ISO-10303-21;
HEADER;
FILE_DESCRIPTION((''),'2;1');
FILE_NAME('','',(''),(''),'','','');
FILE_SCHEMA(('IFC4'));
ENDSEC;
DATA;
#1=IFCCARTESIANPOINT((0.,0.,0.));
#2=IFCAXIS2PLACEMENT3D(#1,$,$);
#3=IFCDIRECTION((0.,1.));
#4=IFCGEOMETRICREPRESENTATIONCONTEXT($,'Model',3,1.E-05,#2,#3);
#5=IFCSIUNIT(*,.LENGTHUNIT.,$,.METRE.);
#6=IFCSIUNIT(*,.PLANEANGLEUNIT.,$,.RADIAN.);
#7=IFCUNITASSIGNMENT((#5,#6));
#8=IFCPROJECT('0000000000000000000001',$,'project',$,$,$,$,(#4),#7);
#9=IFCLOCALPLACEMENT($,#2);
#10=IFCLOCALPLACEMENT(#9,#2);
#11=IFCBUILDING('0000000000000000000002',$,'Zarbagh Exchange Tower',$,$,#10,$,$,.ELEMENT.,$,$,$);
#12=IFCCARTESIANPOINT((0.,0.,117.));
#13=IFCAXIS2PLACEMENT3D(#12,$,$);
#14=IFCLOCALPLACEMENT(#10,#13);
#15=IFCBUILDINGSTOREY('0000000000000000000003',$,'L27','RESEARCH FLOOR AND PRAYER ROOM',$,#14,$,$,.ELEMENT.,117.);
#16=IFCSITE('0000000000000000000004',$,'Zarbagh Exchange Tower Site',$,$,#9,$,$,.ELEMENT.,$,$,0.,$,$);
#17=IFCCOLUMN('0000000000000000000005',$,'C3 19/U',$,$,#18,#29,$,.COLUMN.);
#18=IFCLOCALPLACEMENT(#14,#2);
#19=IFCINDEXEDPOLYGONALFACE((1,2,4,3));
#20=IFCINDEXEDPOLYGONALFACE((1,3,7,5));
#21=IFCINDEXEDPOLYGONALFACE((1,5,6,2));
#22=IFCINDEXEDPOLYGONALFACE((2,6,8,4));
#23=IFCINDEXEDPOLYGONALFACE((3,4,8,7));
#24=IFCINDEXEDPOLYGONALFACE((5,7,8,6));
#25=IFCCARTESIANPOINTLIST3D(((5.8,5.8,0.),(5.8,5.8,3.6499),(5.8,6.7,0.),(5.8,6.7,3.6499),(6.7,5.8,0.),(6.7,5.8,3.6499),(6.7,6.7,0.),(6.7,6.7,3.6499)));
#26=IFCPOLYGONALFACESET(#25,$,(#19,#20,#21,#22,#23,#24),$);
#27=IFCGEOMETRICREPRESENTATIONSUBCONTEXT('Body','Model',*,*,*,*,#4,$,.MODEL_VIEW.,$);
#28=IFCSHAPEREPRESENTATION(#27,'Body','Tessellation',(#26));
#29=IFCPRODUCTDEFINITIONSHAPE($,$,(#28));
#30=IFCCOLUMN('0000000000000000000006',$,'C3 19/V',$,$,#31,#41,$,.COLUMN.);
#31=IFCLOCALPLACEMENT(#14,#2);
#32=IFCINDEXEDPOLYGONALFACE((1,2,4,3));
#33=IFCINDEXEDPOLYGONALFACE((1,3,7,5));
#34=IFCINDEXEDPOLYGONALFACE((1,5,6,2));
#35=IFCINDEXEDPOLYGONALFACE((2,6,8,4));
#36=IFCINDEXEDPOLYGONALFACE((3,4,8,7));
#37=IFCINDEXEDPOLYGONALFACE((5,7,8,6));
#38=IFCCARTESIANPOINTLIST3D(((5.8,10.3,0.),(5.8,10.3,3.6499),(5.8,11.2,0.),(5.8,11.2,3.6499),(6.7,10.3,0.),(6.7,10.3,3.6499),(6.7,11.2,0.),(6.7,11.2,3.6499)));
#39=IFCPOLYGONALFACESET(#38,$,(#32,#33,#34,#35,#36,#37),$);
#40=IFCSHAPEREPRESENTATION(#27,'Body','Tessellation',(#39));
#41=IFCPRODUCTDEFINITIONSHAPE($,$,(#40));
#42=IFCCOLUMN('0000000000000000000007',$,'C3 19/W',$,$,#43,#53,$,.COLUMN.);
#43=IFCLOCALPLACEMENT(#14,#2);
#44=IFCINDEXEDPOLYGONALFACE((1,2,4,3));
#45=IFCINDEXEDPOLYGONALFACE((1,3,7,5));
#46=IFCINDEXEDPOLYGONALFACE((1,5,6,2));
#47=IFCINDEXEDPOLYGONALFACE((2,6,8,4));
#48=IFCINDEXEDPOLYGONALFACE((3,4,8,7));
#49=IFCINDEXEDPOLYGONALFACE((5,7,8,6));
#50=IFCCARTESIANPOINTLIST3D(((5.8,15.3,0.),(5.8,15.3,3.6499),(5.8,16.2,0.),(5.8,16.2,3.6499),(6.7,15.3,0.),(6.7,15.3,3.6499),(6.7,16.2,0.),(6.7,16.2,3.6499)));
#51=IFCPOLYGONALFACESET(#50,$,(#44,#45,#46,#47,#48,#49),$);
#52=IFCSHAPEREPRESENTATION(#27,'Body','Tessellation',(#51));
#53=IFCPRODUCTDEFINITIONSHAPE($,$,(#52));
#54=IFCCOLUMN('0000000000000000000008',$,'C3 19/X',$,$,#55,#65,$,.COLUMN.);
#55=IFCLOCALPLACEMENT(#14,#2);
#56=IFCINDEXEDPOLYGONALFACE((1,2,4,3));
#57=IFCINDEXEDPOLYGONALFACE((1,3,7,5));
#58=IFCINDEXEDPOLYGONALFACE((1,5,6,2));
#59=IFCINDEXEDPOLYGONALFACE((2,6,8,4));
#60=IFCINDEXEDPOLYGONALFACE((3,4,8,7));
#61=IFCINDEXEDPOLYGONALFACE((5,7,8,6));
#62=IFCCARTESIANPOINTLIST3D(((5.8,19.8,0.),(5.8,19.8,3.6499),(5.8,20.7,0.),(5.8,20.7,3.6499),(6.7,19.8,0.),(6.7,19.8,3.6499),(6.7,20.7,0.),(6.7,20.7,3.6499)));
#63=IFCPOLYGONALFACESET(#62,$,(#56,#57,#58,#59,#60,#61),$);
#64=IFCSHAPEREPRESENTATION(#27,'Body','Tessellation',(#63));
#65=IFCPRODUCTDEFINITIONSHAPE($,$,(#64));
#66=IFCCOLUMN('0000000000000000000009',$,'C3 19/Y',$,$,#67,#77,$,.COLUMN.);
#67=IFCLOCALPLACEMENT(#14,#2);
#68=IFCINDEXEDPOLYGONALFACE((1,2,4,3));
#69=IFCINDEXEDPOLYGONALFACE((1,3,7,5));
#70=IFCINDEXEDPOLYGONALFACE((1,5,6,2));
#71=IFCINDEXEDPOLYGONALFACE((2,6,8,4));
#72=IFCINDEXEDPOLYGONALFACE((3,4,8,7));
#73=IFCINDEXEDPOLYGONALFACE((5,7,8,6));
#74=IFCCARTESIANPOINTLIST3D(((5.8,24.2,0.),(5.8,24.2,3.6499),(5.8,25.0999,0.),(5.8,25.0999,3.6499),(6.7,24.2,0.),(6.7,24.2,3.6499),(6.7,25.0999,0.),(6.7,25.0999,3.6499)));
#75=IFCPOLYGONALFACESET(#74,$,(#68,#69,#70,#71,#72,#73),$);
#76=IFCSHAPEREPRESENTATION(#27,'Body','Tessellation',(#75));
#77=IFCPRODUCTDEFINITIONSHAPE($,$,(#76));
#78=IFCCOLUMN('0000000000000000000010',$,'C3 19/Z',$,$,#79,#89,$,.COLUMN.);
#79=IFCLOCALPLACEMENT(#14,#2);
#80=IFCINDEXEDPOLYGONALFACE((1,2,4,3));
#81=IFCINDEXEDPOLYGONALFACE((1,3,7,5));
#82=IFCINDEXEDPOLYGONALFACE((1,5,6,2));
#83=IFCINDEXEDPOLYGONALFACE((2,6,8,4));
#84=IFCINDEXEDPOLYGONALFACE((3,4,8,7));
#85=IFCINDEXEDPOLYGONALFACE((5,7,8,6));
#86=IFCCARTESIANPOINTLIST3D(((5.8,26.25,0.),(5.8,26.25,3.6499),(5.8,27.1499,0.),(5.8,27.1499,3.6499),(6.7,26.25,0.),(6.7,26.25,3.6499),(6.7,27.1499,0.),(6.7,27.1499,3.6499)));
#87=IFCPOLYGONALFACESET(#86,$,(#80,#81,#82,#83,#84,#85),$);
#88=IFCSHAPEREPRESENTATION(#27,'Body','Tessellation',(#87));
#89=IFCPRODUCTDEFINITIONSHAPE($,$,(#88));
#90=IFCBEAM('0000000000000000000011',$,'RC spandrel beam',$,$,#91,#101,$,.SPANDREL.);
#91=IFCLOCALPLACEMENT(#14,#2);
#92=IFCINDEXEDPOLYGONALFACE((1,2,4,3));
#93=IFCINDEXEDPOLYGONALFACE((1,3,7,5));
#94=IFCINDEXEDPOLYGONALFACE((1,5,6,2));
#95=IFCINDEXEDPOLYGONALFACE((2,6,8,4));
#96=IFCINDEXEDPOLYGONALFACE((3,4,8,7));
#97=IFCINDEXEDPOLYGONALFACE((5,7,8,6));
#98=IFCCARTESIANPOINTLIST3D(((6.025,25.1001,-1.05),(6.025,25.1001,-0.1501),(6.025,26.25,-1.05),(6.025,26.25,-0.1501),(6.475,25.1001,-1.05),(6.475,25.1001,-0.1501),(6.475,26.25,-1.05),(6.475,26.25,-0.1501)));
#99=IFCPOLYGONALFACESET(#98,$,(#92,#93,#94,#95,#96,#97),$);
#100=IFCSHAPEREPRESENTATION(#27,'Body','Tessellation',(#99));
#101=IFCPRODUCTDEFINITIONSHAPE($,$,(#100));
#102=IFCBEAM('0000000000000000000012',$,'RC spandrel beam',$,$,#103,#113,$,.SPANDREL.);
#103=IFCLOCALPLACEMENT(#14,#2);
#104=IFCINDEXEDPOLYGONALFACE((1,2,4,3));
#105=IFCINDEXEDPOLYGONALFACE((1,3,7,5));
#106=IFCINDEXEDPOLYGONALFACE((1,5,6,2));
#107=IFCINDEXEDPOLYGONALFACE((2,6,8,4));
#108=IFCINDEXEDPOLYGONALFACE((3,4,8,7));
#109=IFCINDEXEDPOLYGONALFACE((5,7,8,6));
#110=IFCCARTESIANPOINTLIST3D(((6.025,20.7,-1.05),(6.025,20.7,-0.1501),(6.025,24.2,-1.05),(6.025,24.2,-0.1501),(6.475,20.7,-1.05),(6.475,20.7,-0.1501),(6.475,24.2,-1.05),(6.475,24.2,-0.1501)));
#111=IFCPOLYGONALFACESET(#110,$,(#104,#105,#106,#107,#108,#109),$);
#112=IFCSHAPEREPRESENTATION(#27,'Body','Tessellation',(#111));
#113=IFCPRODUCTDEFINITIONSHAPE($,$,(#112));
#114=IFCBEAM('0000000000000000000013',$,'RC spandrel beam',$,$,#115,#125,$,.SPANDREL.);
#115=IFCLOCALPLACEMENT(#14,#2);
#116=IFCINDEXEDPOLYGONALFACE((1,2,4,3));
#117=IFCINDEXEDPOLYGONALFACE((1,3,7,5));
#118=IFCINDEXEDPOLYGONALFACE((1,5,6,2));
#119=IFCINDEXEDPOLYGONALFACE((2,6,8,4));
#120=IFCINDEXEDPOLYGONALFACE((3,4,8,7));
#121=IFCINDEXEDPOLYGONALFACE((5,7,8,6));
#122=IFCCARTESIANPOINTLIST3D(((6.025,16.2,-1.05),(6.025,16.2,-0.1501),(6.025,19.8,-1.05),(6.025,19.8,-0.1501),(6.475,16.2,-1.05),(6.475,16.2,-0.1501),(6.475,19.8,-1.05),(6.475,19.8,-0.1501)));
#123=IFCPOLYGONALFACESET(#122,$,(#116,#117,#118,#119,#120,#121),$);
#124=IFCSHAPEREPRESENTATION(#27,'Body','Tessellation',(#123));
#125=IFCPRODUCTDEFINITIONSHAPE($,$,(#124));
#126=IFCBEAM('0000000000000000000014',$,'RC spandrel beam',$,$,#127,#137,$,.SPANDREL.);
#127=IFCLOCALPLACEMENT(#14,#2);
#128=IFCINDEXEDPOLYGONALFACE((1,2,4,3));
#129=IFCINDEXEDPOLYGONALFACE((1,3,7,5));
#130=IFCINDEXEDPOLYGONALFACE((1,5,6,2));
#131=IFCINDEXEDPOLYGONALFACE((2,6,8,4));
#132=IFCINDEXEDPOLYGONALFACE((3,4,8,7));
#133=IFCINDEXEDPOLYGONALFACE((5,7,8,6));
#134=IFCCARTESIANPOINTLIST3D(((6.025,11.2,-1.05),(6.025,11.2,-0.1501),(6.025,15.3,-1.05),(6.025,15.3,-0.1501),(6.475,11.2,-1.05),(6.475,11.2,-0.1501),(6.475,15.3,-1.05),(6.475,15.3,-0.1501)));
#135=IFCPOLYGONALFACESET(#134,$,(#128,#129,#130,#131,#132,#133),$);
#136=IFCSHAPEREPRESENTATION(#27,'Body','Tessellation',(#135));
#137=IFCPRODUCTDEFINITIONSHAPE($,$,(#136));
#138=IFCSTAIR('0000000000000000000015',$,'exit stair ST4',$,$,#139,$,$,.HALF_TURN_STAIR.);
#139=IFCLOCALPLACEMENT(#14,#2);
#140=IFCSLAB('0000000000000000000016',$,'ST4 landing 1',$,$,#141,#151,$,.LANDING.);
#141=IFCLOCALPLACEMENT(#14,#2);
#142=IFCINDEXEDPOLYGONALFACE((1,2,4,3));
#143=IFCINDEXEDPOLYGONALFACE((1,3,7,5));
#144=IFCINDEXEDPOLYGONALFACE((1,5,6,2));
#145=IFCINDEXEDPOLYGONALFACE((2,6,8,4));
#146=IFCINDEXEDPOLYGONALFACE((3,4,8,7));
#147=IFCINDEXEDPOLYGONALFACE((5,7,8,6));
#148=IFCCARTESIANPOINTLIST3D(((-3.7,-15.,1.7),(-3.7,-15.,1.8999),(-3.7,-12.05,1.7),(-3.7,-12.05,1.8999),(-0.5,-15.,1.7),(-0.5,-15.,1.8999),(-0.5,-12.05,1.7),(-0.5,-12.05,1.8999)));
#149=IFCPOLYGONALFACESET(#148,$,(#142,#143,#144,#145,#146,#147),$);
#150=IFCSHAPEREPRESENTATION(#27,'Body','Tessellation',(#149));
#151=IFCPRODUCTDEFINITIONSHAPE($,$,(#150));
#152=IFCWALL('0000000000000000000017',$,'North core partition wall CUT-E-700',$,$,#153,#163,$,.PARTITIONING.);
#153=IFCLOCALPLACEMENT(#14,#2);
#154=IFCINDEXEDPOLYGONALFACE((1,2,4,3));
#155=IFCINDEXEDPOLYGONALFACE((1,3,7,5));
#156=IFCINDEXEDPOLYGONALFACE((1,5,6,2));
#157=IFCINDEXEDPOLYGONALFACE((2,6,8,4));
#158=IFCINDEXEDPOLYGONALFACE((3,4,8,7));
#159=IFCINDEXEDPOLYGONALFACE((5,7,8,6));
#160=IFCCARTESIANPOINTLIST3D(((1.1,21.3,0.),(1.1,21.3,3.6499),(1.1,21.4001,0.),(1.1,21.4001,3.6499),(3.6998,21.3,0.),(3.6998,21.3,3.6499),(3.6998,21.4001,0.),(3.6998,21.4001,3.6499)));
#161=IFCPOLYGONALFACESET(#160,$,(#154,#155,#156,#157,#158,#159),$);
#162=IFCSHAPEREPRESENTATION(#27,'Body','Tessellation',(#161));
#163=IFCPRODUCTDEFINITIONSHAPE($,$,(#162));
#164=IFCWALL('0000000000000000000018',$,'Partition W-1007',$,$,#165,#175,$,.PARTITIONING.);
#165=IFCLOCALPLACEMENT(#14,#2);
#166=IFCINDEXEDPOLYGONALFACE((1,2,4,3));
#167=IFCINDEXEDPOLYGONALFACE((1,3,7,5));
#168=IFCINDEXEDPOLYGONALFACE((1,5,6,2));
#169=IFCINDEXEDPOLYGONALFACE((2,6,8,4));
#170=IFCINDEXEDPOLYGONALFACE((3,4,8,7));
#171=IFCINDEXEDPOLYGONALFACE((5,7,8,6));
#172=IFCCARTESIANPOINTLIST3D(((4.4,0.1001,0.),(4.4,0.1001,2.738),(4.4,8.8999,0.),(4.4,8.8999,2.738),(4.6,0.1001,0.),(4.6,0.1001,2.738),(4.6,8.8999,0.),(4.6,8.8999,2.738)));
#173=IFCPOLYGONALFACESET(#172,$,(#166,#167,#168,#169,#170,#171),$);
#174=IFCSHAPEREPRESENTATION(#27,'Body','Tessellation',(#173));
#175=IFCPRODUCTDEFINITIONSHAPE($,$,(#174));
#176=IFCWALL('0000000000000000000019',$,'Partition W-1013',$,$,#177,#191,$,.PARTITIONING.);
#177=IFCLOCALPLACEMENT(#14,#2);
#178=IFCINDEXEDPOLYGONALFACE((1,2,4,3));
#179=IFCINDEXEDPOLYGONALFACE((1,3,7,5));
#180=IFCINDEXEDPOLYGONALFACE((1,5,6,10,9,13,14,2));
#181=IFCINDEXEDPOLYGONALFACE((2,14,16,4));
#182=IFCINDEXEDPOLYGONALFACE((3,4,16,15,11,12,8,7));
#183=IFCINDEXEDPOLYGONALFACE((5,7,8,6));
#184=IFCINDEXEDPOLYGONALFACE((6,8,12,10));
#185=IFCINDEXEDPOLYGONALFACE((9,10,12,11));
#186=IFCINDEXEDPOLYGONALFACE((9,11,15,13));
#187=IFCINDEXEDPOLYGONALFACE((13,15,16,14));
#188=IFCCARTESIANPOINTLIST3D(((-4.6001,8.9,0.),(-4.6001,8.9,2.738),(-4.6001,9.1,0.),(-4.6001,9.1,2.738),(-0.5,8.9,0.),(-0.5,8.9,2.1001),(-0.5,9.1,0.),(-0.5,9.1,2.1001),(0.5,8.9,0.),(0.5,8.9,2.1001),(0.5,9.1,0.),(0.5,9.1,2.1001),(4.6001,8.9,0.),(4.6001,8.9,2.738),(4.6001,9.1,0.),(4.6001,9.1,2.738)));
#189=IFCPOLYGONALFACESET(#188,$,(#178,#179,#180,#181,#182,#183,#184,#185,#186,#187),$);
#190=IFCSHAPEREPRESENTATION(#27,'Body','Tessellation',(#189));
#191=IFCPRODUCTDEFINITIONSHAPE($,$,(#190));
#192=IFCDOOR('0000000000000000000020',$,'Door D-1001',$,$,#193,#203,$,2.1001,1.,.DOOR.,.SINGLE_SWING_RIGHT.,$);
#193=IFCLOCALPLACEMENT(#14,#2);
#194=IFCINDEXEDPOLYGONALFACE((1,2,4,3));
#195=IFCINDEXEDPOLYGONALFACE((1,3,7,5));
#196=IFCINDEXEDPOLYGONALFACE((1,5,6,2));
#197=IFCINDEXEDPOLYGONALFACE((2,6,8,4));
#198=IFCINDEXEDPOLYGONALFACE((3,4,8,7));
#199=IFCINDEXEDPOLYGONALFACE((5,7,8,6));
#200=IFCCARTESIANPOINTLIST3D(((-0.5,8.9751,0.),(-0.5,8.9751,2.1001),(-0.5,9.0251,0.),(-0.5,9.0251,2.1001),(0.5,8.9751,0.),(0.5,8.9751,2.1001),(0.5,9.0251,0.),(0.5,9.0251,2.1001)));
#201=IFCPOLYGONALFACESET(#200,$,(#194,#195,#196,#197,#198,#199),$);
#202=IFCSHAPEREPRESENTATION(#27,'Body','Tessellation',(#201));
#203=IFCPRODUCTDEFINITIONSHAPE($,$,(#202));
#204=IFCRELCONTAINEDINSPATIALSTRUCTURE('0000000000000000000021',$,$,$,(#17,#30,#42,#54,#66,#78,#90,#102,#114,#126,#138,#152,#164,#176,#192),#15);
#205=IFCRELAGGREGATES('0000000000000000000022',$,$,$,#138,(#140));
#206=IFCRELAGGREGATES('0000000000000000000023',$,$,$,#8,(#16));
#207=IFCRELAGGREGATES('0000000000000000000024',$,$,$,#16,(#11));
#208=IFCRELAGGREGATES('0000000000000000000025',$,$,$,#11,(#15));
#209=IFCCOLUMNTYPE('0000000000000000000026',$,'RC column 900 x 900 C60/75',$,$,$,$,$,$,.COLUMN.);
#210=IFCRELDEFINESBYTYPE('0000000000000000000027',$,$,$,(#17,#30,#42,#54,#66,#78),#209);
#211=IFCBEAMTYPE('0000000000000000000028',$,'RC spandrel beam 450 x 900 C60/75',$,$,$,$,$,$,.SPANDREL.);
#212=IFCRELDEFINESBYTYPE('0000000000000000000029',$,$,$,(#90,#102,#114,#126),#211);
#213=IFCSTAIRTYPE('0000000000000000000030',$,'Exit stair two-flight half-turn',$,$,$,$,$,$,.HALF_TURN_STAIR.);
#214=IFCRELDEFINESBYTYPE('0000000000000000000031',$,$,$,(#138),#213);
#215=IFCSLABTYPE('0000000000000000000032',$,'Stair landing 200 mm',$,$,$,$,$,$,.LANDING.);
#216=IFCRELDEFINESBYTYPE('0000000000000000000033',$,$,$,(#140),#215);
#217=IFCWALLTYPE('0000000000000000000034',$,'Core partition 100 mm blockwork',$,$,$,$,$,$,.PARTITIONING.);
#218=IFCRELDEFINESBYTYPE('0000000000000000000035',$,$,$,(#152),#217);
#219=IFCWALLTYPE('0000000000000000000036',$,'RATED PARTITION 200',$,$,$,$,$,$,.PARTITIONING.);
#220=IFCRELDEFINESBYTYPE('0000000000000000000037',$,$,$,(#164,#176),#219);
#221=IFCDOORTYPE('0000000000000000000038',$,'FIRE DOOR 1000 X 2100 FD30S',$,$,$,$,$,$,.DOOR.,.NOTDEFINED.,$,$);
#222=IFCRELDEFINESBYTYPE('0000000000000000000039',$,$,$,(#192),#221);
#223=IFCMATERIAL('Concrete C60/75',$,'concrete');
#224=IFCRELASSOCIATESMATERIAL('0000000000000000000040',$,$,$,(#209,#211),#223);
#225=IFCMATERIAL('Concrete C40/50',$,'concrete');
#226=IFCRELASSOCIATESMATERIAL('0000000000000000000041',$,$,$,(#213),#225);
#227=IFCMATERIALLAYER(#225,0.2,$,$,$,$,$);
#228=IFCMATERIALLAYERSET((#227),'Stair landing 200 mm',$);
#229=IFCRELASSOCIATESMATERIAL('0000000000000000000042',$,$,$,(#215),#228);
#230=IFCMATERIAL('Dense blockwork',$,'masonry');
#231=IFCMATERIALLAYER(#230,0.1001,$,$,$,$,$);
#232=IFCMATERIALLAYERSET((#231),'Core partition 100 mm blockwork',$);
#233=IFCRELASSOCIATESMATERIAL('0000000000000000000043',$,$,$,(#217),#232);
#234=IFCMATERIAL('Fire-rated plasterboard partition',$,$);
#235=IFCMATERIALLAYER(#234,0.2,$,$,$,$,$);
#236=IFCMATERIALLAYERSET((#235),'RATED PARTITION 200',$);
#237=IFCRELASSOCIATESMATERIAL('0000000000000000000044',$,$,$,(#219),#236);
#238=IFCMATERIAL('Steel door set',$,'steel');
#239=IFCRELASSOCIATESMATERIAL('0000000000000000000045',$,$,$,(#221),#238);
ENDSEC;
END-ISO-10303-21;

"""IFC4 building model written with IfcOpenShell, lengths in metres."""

from ifc_helpers import new_model, si_unit, direction, frame, frame_2d, origin, origin_2d, place, context, subcontext, project, spatial, polyline, rectangle, outline, extrude, material, layer, layer_set, material_profile, profile_set, type_object, element, fill, aggregate, save


model = new_model("IFC4")

# Units and contexts
model_context = context("Model", 3, precision=1e-05, world=origin(), true_north=direction((0.0, 1.0)))
body_context = subcontext(model_context, "Body", "Model", "MODEL_VIEW")
ifc_project = project(units=[si_unit("LENGTHUNIT", "METRE"), si_unit("PLANEANGLEUNIT", "RADIAN")], contexts=[model_context])

# Site, building, storey
site_placement = place(None, origin())
site = spatial("IfcSite", under=ifc_project, at=site_placement, Name="Zarbagh Exchange Tower Site", CompositionType="ELEMENT", RefElevation=0.0)
building_placement = place(site_placement, origin())
building = spatial("IfcBuilding", under=site, at=building_placement, Name="Zarbagh Exchange Tower", CompositionType="ELEMENT")
storey_placement = place(building_placement, frame((0.0, 0.0, 117.0)))
storey = spatial("IfcBuildingStorey", under=building, at=storey_placement, Name="L27", Description="RESEARCH FLOOR AND PRAYER ROOM", CompositionType="ELEMENT", Elevation=117.0)

# Columns
ifc_material_1 = material(Name="Concrete C60/75", Category="concrete")
ifc_material_profile_1 = material_profile(ifc_material_1, rectangle(XDim=0.8999, YDim=0.8999, at=origin_2d()), Name="RC column 900 x 900 C60/75")
ifc_profile_set_1 = profile_set([ifc_material_profile_1], Name="Concrete C60/75")
column_type = type_object("IfcColumnType", Name="RC column 900 x 900 C60/75", PredefinedType="COLUMN", material=ifc_profile_set_1)
for number, where, z_axis, x_axis, name in (
    (1, (6.25, 6.25, 0.0), (0.0, 0.0, 1.0), (1.0, 0.0, 0.0), "C3 19/U"),
    (2, (6.25, 10.75, 0.0), (0.0, 0.0, 1.0), (1.0, 0.0, 0.0), "C3 19/V"),
    (3, (6.25, 15.75, 0.0), (0.0, 0.0, 1.0), (1.0, 0.0, 0.0), "C3 19/W"),
    (4, (6.25, 20.25, 0.0), (0.0, 0.0, 1.0), (1.0, 0.0, 0.0), "C3 19/X"),
    (5, (6.25, 24.6499, 0.0), (0.0, 0.0, 1.0), (1.0, 0.0, 0.0), "C3 19/Y"),
    (6, (6.25, 26.7, 0.0), (0.0, 0.0, 1.0), (1.0, 0.0, 0.0), "C3 19/Z"),
):
    element("IfcColumn", number, at=place(storey_placement, frame(where, z_axis=z_axis, x_axis=x_axis)), inside=storey, type_object=column_type, Name=name, PredefinedType="COLUMN", context=body_context, shape_type="SweptSolid", body=[
        extrude(rectangle(XDim=0.8999, YDim=0.8999, at=origin_2d()), origin(), (0.0, 0.0, 1.0), 3.6499),
    ])

# Beams
ifc_material_profile_2 = material_profile(ifc_material_1, rectangle(XDim=0.45, YDim=0.8999, at=origin_2d()), Name="RC spandrel beam 450 x 900 C60/75")
ifc_profile_set_2 = profile_set([ifc_material_profile_2], Name="Concrete C60/75")
beam_type = type_object("IfcBeamType", Name="RC spandrel beam 450 x 900 C60/75", PredefinedType="SPANDREL", material=ifc_profile_set_2)
beam_1_placement = place(storey_placement, frame((6.25, 26.25, -0.6001), z_axis=(0.0, -1.0, 0.0), x_axis=(1.0, 0.0, 0.0)))
element("IfcBeam", 7, at=beam_1_placement, inside=storey, type_object=beam_type, Name="RC spandrel beam", PredefinedType="SPANDREL", context=body_context, shape_type="SweptSolid", body=[
    extrude(rectangle(XDim=0.45, YDim=0.8999, at=origin_2d()), origin(), (0.0, 0.0, 1.0), 1.1499),
])
beam_2_placement = place(storey_placement, frame((6.25, 24.2, -0.6001), z_axis=(0.0, -1.0, 0.0), x_axis=(1.0, 0.0, 0.0)))
element("IfcBeam", 8, at=beam_2_placement, inside=storey, type_object=beam_type, Name="RC spandrel beam", PredefinedType="SPANDREL", context=body_context, shape_type="SweptSolid", body=[
    extrude(rectangle(XDim=0.45, YDim=0.8999, at=origin_2d()), origin(), (0.0, 0.0, 1.0), 3.5),
])
beam_3_placement = place(storey_placement, frame((6.25, 19.8, -0.6001), z_axis=(0.0, -1.0, 0.0), x_axis=(1.0, 0.0, 0.0)))
element("IfcBeam", 9, at=beam_3_placement, inside=storey, type_object=beam_type, Name="RC spandrel beam", PredefinedType="SPANDREL", context=body_context, shape_type="SweptSolid", body=[
    extrude(rectangle(XDim=0.45, YDim=0.8999, at=origin_2d()), origin(), (0.0, 0.0, 1.0), 3.6001),
])
beam_4_placement = place(storey_placement, frame((6.25, 15.3, -0.6001), z_axis=(0.0, -1.0, 0.0), x_axis=(1.0, 0.0, 0.0)))
element("IfcBeam", 10, at=beam_4_placement, inside=storey, type_object=beam_type, Name="RC spandrel beam", PredefinedType="SPANDREL", context=body_context, shape_type="SweptSolid", body=[
    extrude(rectangle(XDim=0.45, YDim=0.8999, at=origin_2d()), origin(), (0.0, 0.0, 1.0), 4.1001),
])

# Stair, slab
ifc_material_2 = material(Name="Concrete C40/50", Category="concrete")
stair_type = type_object("IfcStairType", Name="Exit stair two-flight half-turn", PredefinedType="HALF_TURN_STAIR", material=ifc_material_2)
stair_1_placement = place(storey_placement, origin())
stair_1 = element("IfcStair", 11, at=stair_1_placement, inside=storey, type_object=stair_type, Name="exit stair ST4", PredefinedType="HALF_TURN_STAIR")
ifc_layer_1 = layer(ifc_material_2, 0.2)
ifc_layer_set_1 = layer_set([ifc_layer_1], Name="Stair landing 200 mm")
slab_type = type_object("IfcSlabType", Name="Stair landing 200 mm", PredefinedType="LANDING", material=ifc_layer_set_1)
slab_placement = place(storey_placement, frame((0.0, 0.0, 1.7)))
slab = element("IfcSlab", 12, at=slab_placement, type_object=slab_type, Name="ST4 landing 1", PredefinedType="LANDING", context=body_context, shape_type="SweptSolid", body=[
    extrude(outline(polyline([(-0.5, -12.05), (-3.7, -12.05), (-3.7, -15.0), (-0.5, -15.0), (-0.5, -12.05)])), origin(), (0.0, 0.0, 1.0), 0.2),
])
aggregate(stair_1, [slab])

# Walls
ifc_material_3 = material(Name="Dense blockwork", Category="masonry")
ifc_layer_2 = layer(ifc_material_3, 0.1001)
ifc_layer_set_2 = layer_set([ifc_layer_2], Name="Core partition 100 mm blockwork")
wall_type_1 = type_object("IfcWallType", Name="Core partition 100 mm blockwork", PredefinedType="PARTITIONING", material=ifc_layer_set_2)
wall_1_placement = place(storey_placement, frame((1.1001, 21.3501, 0.0), z_axis=(0.0, 0.0, 1.0), x_axis=(1.0, 0.0, 0.0)))
element("IfcWall", 13, at=wall_1_placement, inside=storey, type_object=wall_type_1, Name="North core partition wall CUT-E-700", PredefinedType="PARTITIONING", context=body_context, shape_type="SweptSolid", body=[
    extrude(rectangle(XDim=2.5999, YDim=0.1001, at=frame_2d((1.2998, 0.0))), origin(), (0.0, 0.0, 1.0), 3.6499),
])
ifc_material_4 = material(Name="Fire-rated plasterboard partition")
ifc_layer_3 = layer(ifc_material_4, 0.2)
ifc_layer_set_3 = layer_set([ifc_layer_3], Name="RATED PARTITION 200")
wall_type_2 = type_object("IfcWallType", Name="RATED PARTITION 200", PredefinedType="PARTITIONING", material=ifc_layer_set_3)
wall_2_placement = place(storey_placement, frame((4.5, 0.1001, 0.0), z_axis=(0.0, 0.0, 1.0), x_axis=(0.0, 1.0, 0.0)))
element("IfcWall", 14, at=wall_2_placement, inside=storey, type_object=wall_type_2, Name="Partition W-1007", PredefinedType="PARTITIONING", context=body_context, shape_type="SweptSolid", body=[
    extrude(rectangle(XDim=8.7998, YDim=0.2, at=frame_2d((4.3999, 0.0))), origin(), (0.0, 0.0, 1.0), 2.738),
])

# Wall, opening, door
wall_3_placement = place(storey_placement, frame((4.6001, 9.0, 0.0), z_axis=(0.0, 0.0, 1.0), x_axis=(-1.0, 0.0, 0.0)))
wall_3 = element("IfcWall", 15, at=wall_3_placement, inside=storey, type_object=wall_type_2, Name="Partition W-1013", PredefinedType="PARTITIONING", context=body_context, shape_type="SweptSolid", body=[
    extrude(rectangle(XDim=9.2002, YDim=0.2, at=frame_2d((4.6001, 0.0))), origin(), (0.0, 0.0, 1.0), 2.738),
])
opening_1_placement = place(wall_3_placement, frame((4.1001, 0.0, 0.0)))
opening_1 = element("IfcOpeningElement", 16, at=opening_1_placement, cuts=wall_3, PredefinedType="OPENING", context=body_context, shape_type="SweptSolid", body=[
    extrude(rectangle(XDim=1.0, YDim=2.1001, at=frame_2d((0.5, 1.05))), frame((0.0, 0.1099, 0.0), z_axis=(0.0, -1.0, 0.0), x_axis=(1.0, 0.0, 0.0)), (0.0, 0.0, 1.0), 0.22),
])
ifc_material_5 = material(Name="Steel door set", Category="steel")
door_type_1 = type_object("IfcDoorType", Name="FIRE DOOR 1000 X 2100 FD30S", OperationType="NOTDEFINED", PredefinedType="DOOR", material=ifc_material_5)
door_1_placement = place(opening_1_placement, origin())
door_1 = element("IfcDoor", 17, at=door_1_placement, inside=storey, type_object=door_type_1, Name="Door D-1001", OperationType="SINGLE_SWING_RIGHT", OverallHeight=2.1001, OverallWidth=1.0, PredefinedType="DOOR", context=body_context, shape_type="SweptSolid", body=[
    extrude(rectangle(XDim=1.0, YDim=2.1001, at=frame_2d((0.5, 1.05))), frame((0.0, 0.0249, 0.0), z_axis=(0.0, -1.0, 0.0), x_axis=(1.0, 0.0, 0.0)), (0.0, 0.0, 1.0), 0.05),
])
fill(opening_1, door_1)

save(model, "model.ifc")
